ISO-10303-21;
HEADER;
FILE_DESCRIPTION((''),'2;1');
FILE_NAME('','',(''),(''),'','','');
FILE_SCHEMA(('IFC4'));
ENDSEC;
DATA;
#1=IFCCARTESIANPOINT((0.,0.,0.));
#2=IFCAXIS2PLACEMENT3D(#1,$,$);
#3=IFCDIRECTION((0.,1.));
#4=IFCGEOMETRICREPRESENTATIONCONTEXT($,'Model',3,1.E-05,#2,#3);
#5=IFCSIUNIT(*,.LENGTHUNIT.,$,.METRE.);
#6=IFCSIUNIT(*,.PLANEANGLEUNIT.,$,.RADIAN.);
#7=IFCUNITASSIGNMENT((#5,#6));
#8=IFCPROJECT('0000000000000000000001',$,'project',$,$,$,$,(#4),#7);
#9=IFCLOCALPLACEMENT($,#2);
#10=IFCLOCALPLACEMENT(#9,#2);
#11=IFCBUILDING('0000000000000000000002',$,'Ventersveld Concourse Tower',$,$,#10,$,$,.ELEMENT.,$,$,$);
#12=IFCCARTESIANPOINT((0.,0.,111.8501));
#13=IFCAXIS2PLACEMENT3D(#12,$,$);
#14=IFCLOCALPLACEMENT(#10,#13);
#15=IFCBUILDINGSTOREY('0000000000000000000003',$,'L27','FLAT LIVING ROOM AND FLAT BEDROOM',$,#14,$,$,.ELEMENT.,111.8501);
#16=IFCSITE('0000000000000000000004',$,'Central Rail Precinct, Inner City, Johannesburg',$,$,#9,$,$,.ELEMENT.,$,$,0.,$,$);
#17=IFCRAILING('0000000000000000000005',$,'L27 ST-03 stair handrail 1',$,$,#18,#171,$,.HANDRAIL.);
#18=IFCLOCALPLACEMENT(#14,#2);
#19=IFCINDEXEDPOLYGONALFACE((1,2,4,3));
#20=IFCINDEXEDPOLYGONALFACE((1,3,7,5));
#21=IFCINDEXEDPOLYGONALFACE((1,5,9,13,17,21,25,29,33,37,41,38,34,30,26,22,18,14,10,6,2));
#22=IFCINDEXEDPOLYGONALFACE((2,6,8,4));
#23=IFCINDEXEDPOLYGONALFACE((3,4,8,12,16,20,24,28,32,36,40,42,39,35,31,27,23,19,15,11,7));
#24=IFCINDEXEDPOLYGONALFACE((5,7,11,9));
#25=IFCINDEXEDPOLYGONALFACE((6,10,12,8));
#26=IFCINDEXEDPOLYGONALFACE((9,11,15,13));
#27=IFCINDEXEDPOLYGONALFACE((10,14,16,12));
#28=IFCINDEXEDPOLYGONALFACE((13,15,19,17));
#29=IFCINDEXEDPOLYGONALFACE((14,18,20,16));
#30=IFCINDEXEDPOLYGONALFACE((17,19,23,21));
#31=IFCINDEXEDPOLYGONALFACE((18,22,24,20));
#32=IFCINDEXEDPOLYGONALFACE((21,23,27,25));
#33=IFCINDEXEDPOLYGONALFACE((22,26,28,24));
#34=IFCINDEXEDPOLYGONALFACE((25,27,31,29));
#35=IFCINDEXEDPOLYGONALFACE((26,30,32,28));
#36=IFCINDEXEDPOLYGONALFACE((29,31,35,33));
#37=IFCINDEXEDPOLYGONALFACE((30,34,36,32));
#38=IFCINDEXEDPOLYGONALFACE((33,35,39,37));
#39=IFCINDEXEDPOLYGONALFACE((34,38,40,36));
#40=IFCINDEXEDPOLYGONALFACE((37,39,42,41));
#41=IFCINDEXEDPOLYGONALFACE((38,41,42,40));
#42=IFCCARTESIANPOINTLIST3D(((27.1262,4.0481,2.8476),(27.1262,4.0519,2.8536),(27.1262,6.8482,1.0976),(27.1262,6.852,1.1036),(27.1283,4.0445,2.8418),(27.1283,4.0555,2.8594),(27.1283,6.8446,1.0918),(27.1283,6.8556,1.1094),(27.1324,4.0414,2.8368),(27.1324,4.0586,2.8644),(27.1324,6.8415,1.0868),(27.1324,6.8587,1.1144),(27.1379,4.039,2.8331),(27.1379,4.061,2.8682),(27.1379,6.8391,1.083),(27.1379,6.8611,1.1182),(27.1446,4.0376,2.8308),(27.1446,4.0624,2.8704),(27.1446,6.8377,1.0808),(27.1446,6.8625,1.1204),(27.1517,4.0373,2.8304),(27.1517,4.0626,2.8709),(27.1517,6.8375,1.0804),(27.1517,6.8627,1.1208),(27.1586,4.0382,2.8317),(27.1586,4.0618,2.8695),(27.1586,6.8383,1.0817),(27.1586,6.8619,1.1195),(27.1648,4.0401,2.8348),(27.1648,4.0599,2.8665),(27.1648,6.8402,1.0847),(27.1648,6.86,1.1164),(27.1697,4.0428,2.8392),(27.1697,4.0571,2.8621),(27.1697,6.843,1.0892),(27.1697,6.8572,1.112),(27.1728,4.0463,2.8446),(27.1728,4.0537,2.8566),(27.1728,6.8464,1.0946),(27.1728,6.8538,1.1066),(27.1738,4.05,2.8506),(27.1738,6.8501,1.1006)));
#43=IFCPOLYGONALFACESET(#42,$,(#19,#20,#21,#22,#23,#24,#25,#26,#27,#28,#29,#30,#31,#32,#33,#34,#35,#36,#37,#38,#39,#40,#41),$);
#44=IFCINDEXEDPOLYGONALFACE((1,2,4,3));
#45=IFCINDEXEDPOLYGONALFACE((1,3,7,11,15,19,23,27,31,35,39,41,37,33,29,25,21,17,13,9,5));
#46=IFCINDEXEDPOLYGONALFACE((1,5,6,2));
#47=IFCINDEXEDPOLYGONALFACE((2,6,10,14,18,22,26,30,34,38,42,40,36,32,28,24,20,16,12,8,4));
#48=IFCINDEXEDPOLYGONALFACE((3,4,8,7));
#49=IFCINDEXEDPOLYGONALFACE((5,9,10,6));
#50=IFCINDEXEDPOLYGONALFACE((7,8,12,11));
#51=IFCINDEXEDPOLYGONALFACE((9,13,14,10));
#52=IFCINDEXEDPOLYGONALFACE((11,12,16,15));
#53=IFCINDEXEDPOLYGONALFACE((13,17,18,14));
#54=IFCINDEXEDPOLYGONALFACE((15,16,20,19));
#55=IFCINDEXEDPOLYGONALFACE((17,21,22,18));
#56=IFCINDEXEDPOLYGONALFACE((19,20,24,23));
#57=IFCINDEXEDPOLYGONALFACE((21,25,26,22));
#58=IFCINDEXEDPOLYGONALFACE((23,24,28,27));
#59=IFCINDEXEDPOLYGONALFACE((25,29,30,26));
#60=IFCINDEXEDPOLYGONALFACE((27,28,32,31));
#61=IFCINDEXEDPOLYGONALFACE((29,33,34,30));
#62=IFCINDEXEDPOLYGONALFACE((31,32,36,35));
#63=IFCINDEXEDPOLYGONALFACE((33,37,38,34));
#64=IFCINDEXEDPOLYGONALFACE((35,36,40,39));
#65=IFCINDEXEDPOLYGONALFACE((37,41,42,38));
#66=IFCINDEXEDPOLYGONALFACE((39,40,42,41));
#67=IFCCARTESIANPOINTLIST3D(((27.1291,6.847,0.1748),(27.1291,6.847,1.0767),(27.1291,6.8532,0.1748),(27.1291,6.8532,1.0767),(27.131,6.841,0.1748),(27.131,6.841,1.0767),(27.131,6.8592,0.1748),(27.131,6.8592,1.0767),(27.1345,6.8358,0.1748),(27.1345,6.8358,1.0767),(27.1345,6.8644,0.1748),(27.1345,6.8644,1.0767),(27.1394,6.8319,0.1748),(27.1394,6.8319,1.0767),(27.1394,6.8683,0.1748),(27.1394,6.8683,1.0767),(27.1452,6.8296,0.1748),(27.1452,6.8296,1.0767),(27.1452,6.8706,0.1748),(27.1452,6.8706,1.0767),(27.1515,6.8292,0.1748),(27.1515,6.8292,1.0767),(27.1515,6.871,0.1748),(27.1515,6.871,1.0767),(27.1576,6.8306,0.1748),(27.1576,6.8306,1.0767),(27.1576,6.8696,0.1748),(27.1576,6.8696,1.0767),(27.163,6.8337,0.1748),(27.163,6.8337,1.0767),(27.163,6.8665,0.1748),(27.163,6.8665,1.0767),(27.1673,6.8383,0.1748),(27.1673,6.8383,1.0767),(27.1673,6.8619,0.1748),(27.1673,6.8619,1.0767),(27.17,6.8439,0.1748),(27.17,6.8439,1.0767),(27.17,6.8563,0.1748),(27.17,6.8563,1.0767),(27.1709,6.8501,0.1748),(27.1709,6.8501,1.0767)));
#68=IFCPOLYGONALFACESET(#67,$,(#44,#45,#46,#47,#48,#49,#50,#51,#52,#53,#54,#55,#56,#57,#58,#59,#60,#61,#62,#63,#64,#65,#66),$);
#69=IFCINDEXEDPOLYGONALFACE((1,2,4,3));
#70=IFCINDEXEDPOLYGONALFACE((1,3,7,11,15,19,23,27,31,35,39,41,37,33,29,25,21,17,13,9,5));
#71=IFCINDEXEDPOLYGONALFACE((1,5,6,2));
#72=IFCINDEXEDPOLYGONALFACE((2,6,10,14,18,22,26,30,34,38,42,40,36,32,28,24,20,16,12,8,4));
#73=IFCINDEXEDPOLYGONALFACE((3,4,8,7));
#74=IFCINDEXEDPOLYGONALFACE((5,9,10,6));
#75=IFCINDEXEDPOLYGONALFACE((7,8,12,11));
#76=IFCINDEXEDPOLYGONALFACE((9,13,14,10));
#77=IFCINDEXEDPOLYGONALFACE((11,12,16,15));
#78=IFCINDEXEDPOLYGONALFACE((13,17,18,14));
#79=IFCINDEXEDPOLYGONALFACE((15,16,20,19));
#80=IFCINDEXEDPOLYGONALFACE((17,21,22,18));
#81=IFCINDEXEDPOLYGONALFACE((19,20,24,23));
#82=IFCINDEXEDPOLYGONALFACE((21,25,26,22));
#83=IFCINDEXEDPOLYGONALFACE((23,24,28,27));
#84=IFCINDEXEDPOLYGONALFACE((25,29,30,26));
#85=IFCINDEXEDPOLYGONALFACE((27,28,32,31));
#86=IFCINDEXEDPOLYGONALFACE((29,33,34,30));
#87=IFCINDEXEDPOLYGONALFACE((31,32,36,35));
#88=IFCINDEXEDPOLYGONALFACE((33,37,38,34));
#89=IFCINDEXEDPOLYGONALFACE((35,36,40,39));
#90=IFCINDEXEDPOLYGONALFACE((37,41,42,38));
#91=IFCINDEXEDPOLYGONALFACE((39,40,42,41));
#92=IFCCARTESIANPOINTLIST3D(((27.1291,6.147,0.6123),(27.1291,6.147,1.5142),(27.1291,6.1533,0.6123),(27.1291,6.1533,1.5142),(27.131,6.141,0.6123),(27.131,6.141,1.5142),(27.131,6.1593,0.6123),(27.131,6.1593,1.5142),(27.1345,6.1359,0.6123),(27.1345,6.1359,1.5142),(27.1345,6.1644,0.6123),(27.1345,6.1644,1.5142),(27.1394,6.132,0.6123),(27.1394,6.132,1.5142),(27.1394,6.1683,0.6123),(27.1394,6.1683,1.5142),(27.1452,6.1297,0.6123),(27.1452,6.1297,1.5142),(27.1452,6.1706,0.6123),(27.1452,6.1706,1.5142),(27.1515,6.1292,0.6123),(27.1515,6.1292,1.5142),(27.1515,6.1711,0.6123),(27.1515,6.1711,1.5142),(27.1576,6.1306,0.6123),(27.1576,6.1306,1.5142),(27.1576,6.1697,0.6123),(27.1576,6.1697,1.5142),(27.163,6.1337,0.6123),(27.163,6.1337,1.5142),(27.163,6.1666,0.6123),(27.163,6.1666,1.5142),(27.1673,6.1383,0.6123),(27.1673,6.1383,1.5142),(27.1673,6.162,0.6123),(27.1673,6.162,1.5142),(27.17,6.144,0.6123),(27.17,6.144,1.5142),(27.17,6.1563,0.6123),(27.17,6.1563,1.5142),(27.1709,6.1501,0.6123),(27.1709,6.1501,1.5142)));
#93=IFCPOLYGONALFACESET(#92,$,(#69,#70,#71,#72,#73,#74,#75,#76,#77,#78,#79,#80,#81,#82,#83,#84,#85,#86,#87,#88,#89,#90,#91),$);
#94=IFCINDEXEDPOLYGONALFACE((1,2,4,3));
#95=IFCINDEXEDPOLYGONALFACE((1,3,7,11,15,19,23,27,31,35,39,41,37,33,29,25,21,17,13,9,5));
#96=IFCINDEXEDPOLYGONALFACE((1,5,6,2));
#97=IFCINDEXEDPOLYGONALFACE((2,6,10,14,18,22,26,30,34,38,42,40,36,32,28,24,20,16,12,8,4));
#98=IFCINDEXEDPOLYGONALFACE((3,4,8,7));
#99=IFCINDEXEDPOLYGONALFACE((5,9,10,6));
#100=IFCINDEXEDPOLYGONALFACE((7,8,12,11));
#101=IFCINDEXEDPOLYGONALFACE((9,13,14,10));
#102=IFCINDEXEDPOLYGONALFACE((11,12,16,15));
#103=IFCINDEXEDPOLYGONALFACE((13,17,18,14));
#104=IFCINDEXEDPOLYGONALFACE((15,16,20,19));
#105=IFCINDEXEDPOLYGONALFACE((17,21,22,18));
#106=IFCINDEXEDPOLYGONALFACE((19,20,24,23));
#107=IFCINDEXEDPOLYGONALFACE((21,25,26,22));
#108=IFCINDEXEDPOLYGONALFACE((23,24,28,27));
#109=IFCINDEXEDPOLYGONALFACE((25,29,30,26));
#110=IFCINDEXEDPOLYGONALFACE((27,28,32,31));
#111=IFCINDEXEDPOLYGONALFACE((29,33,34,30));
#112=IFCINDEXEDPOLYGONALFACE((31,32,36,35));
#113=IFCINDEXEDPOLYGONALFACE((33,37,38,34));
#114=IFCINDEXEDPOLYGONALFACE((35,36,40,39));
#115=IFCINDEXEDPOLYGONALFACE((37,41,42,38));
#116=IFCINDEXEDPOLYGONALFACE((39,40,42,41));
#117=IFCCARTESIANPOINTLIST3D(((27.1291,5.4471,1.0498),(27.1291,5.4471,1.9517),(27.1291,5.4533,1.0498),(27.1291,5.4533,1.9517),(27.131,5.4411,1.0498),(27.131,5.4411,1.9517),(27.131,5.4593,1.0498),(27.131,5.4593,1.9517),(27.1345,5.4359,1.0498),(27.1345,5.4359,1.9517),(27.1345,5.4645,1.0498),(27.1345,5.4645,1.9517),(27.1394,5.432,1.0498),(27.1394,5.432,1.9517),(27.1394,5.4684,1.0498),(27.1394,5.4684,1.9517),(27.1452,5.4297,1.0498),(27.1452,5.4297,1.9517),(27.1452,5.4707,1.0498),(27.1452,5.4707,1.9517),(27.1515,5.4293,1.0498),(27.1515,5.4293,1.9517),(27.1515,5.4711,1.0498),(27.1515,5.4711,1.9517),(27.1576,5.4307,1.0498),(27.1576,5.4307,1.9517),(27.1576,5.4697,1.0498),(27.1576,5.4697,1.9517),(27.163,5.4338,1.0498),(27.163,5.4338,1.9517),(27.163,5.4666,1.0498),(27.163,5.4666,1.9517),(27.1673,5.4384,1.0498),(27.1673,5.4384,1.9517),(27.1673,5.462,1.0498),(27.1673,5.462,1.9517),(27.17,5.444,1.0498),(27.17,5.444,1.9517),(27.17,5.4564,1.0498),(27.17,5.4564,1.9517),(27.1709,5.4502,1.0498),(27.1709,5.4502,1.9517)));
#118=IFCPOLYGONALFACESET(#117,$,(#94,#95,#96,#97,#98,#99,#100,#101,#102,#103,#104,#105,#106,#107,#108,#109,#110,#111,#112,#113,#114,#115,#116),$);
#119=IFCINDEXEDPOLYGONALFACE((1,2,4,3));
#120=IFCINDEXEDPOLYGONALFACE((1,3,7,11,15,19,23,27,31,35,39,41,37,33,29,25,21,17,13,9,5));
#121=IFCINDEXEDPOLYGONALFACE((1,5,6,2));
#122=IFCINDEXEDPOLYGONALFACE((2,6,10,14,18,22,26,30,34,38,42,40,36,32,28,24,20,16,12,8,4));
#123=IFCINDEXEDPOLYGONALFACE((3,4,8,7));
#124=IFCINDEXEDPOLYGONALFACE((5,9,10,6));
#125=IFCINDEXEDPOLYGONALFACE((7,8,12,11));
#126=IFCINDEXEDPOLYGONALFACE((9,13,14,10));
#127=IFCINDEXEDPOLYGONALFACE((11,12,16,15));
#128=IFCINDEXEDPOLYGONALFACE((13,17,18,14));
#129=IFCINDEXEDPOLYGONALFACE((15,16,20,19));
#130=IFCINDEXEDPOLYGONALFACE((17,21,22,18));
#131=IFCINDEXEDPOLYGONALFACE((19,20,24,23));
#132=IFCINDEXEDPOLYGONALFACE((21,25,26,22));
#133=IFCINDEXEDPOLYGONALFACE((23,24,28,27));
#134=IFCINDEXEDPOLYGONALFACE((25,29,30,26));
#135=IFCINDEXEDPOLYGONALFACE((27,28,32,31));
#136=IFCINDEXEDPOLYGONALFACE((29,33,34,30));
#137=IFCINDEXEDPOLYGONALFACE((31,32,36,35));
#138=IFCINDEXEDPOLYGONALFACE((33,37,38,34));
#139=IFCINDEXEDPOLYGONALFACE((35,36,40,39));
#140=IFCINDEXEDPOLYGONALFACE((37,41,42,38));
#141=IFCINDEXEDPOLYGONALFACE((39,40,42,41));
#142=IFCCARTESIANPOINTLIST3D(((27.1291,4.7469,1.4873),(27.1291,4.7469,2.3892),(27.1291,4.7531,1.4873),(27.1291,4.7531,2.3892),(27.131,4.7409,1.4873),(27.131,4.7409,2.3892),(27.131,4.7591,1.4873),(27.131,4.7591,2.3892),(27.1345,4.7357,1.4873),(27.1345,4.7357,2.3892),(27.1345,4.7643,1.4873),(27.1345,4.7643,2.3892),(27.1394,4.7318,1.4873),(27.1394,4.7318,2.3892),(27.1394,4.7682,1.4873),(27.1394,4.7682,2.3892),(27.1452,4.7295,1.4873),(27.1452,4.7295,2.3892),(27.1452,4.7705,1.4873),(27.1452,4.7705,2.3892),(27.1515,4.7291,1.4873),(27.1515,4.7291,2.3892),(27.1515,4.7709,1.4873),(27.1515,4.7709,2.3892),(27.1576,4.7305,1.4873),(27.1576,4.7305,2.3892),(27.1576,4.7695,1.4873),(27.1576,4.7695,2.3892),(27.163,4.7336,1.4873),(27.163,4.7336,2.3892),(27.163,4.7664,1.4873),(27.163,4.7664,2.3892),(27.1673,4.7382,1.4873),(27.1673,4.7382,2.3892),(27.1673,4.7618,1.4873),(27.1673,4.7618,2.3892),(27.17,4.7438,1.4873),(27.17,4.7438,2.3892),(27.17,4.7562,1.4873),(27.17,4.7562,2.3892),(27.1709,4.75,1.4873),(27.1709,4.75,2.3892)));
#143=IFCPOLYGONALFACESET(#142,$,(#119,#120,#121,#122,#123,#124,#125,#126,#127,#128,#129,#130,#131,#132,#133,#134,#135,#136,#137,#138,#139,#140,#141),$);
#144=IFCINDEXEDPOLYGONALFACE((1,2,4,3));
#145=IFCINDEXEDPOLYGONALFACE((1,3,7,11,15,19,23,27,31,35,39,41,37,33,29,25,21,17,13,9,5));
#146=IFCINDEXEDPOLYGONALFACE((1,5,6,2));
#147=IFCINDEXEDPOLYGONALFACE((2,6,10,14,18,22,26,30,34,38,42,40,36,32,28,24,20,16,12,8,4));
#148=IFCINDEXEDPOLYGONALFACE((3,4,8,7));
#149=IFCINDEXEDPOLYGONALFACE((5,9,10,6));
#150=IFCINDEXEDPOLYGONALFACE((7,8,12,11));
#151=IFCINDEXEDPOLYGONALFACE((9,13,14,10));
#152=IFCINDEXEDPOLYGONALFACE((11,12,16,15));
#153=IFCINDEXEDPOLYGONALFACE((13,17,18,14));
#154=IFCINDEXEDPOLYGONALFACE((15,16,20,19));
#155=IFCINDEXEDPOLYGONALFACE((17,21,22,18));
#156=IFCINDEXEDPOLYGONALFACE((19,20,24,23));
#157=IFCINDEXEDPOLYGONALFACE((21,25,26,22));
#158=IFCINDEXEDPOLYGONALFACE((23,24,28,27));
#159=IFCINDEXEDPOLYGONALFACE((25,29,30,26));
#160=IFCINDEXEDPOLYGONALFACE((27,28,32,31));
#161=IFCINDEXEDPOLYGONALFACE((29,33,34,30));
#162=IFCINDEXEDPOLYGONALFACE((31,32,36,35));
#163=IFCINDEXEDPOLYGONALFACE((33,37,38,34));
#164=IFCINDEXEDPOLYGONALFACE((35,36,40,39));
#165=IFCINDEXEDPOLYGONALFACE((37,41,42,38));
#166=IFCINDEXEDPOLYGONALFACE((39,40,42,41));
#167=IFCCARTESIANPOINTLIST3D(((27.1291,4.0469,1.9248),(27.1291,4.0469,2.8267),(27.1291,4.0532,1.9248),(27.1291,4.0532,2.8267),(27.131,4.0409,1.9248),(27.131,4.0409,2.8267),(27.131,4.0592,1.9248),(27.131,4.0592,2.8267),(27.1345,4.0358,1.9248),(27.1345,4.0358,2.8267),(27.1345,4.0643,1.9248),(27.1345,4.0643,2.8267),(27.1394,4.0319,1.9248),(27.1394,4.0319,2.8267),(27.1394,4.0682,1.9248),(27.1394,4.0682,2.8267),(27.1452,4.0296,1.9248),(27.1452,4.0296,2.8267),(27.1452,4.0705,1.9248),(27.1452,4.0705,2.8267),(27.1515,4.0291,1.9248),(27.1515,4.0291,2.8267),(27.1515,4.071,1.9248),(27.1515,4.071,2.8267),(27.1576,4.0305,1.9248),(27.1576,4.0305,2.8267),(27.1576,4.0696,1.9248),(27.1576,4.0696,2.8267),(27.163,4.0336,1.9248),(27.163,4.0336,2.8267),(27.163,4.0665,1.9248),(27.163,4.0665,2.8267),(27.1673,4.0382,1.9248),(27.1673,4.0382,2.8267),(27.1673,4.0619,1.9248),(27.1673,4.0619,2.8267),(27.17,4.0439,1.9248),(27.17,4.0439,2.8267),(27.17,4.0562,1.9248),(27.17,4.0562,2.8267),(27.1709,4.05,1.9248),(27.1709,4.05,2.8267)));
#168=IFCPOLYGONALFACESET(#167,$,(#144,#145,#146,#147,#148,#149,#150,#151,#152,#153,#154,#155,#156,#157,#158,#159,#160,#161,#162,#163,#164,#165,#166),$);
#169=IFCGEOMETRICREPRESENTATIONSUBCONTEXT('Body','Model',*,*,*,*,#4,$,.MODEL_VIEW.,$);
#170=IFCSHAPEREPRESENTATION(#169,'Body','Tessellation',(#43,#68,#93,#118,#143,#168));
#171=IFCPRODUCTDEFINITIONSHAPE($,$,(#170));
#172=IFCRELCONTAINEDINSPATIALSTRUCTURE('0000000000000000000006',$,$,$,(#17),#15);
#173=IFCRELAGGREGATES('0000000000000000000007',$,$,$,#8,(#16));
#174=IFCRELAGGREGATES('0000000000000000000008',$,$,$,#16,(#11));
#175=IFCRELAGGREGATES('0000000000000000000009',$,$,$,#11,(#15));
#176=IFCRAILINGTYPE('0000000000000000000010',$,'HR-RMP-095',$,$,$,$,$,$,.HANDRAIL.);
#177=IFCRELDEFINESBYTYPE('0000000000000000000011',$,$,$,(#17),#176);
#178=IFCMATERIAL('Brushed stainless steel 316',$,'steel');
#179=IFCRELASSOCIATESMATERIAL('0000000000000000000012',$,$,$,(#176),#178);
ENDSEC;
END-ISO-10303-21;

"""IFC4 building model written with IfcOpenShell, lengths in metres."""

from ifc_helpers import new_model, si_unit, direction, frame, origin, origin_2d, place, context, subcontext, project, spatial, circle, extrude, material, type_object, element, save


model = new_model("IFC4")

# Units and contexts
model_context = context("Model", 3, precision=1e-05, world=origin(), true_north=direction((0.0, 1.0)))
body_context = subcontext(model_context, "Body", "Model", "MODEL_VIEW")
ifc_project = project(units=[si_unit("LENGTHUNIT", "METRE"), si_unit("PLANEANGLEUNIT", "RADIAN")], contexts=[model_context])

# Site, building, storey
site_placement = place(None, origin())
site = spatial("IfcSite", under=ifc_project, at=site_placement, Name="Central Rail Precinct, Inner City, Johannesburg", CompositionType="ELEMENT", RefElevation=0.0)
building_placement = place(site_placement, origin())
building = spatial("IfcBuilding", under=site, at=building_placement, Name="Ventersveld Concourse Tower", CompositionType="ELEMENT")
storey_placement = place(building_placement, frame((0.0, 0.0, 111.8501)))
storey = spatial("IfcBuildingStorey", under=building, at=storey_placement, Name="L27", Description="FLAT LIVING ROOM AND FLAT BEDROOM", CompositionType="ELEMENT", Elevation=111.8501)

# Shared definitions
ifc_material_1 = material(Name="Brushed stainless steel 316", Category="steel")

# Railing
railing_type_1 = type_object("IfcRailingType", Name="HR-RMP-095", PredefinedType="HANDRAIL", material=ifc_material_1)
railing_1_placement = place(storey_placement, frame((27.1499, 6.8501, 0.1748)))
element("IfcRailing", 1, at=railing_1_placement, inside=storey, type_object=railing_type_1, Name="L27 ST-03 stair handrail 1", PredefinedType="HANDRAIL", context=body_context, shape_type="SweptSolid", body=[
    extrude(circle(Radius=0.0239, at=origin_2d()), frame((0.0, 0.0, 0.9258), z_axis=(0.0, -0.848002, 0.529992), x_axis=(1.0, 0.0, 0.0)), (0.0, 0.0, 1.0), 3.302),
    extrude(circle(Radius=0.021, at=origin_2d()), origin(), (0.0, 0.0, 1.0), 0.9019),
    extrude(circle(Radius=0.021, at=origin_2d()), frame((0.0, -0.7, 0.4375)), (0.0, 0.0, 1.0), 0.9019),
    extrude(circle(Radius=0.021, at=origin_2d()), frame((0.0, -1.3999, 0.875)), (0.0, 0.0, 1.0), 0.9019),
    extrude(circle(Radius=0.021, at=origin_2d()), frame((0.0, -2.1001, 1.3125)), (0.0, 0.0, 1.0), 0.9019),
    extrude(circle(Radius=0.021, at=origin_2d()), frame((0.0, -2.8, 1.75)), (0.0, 0.0, 1.0), 0.9019),
])

save(model, "model.ifc")
